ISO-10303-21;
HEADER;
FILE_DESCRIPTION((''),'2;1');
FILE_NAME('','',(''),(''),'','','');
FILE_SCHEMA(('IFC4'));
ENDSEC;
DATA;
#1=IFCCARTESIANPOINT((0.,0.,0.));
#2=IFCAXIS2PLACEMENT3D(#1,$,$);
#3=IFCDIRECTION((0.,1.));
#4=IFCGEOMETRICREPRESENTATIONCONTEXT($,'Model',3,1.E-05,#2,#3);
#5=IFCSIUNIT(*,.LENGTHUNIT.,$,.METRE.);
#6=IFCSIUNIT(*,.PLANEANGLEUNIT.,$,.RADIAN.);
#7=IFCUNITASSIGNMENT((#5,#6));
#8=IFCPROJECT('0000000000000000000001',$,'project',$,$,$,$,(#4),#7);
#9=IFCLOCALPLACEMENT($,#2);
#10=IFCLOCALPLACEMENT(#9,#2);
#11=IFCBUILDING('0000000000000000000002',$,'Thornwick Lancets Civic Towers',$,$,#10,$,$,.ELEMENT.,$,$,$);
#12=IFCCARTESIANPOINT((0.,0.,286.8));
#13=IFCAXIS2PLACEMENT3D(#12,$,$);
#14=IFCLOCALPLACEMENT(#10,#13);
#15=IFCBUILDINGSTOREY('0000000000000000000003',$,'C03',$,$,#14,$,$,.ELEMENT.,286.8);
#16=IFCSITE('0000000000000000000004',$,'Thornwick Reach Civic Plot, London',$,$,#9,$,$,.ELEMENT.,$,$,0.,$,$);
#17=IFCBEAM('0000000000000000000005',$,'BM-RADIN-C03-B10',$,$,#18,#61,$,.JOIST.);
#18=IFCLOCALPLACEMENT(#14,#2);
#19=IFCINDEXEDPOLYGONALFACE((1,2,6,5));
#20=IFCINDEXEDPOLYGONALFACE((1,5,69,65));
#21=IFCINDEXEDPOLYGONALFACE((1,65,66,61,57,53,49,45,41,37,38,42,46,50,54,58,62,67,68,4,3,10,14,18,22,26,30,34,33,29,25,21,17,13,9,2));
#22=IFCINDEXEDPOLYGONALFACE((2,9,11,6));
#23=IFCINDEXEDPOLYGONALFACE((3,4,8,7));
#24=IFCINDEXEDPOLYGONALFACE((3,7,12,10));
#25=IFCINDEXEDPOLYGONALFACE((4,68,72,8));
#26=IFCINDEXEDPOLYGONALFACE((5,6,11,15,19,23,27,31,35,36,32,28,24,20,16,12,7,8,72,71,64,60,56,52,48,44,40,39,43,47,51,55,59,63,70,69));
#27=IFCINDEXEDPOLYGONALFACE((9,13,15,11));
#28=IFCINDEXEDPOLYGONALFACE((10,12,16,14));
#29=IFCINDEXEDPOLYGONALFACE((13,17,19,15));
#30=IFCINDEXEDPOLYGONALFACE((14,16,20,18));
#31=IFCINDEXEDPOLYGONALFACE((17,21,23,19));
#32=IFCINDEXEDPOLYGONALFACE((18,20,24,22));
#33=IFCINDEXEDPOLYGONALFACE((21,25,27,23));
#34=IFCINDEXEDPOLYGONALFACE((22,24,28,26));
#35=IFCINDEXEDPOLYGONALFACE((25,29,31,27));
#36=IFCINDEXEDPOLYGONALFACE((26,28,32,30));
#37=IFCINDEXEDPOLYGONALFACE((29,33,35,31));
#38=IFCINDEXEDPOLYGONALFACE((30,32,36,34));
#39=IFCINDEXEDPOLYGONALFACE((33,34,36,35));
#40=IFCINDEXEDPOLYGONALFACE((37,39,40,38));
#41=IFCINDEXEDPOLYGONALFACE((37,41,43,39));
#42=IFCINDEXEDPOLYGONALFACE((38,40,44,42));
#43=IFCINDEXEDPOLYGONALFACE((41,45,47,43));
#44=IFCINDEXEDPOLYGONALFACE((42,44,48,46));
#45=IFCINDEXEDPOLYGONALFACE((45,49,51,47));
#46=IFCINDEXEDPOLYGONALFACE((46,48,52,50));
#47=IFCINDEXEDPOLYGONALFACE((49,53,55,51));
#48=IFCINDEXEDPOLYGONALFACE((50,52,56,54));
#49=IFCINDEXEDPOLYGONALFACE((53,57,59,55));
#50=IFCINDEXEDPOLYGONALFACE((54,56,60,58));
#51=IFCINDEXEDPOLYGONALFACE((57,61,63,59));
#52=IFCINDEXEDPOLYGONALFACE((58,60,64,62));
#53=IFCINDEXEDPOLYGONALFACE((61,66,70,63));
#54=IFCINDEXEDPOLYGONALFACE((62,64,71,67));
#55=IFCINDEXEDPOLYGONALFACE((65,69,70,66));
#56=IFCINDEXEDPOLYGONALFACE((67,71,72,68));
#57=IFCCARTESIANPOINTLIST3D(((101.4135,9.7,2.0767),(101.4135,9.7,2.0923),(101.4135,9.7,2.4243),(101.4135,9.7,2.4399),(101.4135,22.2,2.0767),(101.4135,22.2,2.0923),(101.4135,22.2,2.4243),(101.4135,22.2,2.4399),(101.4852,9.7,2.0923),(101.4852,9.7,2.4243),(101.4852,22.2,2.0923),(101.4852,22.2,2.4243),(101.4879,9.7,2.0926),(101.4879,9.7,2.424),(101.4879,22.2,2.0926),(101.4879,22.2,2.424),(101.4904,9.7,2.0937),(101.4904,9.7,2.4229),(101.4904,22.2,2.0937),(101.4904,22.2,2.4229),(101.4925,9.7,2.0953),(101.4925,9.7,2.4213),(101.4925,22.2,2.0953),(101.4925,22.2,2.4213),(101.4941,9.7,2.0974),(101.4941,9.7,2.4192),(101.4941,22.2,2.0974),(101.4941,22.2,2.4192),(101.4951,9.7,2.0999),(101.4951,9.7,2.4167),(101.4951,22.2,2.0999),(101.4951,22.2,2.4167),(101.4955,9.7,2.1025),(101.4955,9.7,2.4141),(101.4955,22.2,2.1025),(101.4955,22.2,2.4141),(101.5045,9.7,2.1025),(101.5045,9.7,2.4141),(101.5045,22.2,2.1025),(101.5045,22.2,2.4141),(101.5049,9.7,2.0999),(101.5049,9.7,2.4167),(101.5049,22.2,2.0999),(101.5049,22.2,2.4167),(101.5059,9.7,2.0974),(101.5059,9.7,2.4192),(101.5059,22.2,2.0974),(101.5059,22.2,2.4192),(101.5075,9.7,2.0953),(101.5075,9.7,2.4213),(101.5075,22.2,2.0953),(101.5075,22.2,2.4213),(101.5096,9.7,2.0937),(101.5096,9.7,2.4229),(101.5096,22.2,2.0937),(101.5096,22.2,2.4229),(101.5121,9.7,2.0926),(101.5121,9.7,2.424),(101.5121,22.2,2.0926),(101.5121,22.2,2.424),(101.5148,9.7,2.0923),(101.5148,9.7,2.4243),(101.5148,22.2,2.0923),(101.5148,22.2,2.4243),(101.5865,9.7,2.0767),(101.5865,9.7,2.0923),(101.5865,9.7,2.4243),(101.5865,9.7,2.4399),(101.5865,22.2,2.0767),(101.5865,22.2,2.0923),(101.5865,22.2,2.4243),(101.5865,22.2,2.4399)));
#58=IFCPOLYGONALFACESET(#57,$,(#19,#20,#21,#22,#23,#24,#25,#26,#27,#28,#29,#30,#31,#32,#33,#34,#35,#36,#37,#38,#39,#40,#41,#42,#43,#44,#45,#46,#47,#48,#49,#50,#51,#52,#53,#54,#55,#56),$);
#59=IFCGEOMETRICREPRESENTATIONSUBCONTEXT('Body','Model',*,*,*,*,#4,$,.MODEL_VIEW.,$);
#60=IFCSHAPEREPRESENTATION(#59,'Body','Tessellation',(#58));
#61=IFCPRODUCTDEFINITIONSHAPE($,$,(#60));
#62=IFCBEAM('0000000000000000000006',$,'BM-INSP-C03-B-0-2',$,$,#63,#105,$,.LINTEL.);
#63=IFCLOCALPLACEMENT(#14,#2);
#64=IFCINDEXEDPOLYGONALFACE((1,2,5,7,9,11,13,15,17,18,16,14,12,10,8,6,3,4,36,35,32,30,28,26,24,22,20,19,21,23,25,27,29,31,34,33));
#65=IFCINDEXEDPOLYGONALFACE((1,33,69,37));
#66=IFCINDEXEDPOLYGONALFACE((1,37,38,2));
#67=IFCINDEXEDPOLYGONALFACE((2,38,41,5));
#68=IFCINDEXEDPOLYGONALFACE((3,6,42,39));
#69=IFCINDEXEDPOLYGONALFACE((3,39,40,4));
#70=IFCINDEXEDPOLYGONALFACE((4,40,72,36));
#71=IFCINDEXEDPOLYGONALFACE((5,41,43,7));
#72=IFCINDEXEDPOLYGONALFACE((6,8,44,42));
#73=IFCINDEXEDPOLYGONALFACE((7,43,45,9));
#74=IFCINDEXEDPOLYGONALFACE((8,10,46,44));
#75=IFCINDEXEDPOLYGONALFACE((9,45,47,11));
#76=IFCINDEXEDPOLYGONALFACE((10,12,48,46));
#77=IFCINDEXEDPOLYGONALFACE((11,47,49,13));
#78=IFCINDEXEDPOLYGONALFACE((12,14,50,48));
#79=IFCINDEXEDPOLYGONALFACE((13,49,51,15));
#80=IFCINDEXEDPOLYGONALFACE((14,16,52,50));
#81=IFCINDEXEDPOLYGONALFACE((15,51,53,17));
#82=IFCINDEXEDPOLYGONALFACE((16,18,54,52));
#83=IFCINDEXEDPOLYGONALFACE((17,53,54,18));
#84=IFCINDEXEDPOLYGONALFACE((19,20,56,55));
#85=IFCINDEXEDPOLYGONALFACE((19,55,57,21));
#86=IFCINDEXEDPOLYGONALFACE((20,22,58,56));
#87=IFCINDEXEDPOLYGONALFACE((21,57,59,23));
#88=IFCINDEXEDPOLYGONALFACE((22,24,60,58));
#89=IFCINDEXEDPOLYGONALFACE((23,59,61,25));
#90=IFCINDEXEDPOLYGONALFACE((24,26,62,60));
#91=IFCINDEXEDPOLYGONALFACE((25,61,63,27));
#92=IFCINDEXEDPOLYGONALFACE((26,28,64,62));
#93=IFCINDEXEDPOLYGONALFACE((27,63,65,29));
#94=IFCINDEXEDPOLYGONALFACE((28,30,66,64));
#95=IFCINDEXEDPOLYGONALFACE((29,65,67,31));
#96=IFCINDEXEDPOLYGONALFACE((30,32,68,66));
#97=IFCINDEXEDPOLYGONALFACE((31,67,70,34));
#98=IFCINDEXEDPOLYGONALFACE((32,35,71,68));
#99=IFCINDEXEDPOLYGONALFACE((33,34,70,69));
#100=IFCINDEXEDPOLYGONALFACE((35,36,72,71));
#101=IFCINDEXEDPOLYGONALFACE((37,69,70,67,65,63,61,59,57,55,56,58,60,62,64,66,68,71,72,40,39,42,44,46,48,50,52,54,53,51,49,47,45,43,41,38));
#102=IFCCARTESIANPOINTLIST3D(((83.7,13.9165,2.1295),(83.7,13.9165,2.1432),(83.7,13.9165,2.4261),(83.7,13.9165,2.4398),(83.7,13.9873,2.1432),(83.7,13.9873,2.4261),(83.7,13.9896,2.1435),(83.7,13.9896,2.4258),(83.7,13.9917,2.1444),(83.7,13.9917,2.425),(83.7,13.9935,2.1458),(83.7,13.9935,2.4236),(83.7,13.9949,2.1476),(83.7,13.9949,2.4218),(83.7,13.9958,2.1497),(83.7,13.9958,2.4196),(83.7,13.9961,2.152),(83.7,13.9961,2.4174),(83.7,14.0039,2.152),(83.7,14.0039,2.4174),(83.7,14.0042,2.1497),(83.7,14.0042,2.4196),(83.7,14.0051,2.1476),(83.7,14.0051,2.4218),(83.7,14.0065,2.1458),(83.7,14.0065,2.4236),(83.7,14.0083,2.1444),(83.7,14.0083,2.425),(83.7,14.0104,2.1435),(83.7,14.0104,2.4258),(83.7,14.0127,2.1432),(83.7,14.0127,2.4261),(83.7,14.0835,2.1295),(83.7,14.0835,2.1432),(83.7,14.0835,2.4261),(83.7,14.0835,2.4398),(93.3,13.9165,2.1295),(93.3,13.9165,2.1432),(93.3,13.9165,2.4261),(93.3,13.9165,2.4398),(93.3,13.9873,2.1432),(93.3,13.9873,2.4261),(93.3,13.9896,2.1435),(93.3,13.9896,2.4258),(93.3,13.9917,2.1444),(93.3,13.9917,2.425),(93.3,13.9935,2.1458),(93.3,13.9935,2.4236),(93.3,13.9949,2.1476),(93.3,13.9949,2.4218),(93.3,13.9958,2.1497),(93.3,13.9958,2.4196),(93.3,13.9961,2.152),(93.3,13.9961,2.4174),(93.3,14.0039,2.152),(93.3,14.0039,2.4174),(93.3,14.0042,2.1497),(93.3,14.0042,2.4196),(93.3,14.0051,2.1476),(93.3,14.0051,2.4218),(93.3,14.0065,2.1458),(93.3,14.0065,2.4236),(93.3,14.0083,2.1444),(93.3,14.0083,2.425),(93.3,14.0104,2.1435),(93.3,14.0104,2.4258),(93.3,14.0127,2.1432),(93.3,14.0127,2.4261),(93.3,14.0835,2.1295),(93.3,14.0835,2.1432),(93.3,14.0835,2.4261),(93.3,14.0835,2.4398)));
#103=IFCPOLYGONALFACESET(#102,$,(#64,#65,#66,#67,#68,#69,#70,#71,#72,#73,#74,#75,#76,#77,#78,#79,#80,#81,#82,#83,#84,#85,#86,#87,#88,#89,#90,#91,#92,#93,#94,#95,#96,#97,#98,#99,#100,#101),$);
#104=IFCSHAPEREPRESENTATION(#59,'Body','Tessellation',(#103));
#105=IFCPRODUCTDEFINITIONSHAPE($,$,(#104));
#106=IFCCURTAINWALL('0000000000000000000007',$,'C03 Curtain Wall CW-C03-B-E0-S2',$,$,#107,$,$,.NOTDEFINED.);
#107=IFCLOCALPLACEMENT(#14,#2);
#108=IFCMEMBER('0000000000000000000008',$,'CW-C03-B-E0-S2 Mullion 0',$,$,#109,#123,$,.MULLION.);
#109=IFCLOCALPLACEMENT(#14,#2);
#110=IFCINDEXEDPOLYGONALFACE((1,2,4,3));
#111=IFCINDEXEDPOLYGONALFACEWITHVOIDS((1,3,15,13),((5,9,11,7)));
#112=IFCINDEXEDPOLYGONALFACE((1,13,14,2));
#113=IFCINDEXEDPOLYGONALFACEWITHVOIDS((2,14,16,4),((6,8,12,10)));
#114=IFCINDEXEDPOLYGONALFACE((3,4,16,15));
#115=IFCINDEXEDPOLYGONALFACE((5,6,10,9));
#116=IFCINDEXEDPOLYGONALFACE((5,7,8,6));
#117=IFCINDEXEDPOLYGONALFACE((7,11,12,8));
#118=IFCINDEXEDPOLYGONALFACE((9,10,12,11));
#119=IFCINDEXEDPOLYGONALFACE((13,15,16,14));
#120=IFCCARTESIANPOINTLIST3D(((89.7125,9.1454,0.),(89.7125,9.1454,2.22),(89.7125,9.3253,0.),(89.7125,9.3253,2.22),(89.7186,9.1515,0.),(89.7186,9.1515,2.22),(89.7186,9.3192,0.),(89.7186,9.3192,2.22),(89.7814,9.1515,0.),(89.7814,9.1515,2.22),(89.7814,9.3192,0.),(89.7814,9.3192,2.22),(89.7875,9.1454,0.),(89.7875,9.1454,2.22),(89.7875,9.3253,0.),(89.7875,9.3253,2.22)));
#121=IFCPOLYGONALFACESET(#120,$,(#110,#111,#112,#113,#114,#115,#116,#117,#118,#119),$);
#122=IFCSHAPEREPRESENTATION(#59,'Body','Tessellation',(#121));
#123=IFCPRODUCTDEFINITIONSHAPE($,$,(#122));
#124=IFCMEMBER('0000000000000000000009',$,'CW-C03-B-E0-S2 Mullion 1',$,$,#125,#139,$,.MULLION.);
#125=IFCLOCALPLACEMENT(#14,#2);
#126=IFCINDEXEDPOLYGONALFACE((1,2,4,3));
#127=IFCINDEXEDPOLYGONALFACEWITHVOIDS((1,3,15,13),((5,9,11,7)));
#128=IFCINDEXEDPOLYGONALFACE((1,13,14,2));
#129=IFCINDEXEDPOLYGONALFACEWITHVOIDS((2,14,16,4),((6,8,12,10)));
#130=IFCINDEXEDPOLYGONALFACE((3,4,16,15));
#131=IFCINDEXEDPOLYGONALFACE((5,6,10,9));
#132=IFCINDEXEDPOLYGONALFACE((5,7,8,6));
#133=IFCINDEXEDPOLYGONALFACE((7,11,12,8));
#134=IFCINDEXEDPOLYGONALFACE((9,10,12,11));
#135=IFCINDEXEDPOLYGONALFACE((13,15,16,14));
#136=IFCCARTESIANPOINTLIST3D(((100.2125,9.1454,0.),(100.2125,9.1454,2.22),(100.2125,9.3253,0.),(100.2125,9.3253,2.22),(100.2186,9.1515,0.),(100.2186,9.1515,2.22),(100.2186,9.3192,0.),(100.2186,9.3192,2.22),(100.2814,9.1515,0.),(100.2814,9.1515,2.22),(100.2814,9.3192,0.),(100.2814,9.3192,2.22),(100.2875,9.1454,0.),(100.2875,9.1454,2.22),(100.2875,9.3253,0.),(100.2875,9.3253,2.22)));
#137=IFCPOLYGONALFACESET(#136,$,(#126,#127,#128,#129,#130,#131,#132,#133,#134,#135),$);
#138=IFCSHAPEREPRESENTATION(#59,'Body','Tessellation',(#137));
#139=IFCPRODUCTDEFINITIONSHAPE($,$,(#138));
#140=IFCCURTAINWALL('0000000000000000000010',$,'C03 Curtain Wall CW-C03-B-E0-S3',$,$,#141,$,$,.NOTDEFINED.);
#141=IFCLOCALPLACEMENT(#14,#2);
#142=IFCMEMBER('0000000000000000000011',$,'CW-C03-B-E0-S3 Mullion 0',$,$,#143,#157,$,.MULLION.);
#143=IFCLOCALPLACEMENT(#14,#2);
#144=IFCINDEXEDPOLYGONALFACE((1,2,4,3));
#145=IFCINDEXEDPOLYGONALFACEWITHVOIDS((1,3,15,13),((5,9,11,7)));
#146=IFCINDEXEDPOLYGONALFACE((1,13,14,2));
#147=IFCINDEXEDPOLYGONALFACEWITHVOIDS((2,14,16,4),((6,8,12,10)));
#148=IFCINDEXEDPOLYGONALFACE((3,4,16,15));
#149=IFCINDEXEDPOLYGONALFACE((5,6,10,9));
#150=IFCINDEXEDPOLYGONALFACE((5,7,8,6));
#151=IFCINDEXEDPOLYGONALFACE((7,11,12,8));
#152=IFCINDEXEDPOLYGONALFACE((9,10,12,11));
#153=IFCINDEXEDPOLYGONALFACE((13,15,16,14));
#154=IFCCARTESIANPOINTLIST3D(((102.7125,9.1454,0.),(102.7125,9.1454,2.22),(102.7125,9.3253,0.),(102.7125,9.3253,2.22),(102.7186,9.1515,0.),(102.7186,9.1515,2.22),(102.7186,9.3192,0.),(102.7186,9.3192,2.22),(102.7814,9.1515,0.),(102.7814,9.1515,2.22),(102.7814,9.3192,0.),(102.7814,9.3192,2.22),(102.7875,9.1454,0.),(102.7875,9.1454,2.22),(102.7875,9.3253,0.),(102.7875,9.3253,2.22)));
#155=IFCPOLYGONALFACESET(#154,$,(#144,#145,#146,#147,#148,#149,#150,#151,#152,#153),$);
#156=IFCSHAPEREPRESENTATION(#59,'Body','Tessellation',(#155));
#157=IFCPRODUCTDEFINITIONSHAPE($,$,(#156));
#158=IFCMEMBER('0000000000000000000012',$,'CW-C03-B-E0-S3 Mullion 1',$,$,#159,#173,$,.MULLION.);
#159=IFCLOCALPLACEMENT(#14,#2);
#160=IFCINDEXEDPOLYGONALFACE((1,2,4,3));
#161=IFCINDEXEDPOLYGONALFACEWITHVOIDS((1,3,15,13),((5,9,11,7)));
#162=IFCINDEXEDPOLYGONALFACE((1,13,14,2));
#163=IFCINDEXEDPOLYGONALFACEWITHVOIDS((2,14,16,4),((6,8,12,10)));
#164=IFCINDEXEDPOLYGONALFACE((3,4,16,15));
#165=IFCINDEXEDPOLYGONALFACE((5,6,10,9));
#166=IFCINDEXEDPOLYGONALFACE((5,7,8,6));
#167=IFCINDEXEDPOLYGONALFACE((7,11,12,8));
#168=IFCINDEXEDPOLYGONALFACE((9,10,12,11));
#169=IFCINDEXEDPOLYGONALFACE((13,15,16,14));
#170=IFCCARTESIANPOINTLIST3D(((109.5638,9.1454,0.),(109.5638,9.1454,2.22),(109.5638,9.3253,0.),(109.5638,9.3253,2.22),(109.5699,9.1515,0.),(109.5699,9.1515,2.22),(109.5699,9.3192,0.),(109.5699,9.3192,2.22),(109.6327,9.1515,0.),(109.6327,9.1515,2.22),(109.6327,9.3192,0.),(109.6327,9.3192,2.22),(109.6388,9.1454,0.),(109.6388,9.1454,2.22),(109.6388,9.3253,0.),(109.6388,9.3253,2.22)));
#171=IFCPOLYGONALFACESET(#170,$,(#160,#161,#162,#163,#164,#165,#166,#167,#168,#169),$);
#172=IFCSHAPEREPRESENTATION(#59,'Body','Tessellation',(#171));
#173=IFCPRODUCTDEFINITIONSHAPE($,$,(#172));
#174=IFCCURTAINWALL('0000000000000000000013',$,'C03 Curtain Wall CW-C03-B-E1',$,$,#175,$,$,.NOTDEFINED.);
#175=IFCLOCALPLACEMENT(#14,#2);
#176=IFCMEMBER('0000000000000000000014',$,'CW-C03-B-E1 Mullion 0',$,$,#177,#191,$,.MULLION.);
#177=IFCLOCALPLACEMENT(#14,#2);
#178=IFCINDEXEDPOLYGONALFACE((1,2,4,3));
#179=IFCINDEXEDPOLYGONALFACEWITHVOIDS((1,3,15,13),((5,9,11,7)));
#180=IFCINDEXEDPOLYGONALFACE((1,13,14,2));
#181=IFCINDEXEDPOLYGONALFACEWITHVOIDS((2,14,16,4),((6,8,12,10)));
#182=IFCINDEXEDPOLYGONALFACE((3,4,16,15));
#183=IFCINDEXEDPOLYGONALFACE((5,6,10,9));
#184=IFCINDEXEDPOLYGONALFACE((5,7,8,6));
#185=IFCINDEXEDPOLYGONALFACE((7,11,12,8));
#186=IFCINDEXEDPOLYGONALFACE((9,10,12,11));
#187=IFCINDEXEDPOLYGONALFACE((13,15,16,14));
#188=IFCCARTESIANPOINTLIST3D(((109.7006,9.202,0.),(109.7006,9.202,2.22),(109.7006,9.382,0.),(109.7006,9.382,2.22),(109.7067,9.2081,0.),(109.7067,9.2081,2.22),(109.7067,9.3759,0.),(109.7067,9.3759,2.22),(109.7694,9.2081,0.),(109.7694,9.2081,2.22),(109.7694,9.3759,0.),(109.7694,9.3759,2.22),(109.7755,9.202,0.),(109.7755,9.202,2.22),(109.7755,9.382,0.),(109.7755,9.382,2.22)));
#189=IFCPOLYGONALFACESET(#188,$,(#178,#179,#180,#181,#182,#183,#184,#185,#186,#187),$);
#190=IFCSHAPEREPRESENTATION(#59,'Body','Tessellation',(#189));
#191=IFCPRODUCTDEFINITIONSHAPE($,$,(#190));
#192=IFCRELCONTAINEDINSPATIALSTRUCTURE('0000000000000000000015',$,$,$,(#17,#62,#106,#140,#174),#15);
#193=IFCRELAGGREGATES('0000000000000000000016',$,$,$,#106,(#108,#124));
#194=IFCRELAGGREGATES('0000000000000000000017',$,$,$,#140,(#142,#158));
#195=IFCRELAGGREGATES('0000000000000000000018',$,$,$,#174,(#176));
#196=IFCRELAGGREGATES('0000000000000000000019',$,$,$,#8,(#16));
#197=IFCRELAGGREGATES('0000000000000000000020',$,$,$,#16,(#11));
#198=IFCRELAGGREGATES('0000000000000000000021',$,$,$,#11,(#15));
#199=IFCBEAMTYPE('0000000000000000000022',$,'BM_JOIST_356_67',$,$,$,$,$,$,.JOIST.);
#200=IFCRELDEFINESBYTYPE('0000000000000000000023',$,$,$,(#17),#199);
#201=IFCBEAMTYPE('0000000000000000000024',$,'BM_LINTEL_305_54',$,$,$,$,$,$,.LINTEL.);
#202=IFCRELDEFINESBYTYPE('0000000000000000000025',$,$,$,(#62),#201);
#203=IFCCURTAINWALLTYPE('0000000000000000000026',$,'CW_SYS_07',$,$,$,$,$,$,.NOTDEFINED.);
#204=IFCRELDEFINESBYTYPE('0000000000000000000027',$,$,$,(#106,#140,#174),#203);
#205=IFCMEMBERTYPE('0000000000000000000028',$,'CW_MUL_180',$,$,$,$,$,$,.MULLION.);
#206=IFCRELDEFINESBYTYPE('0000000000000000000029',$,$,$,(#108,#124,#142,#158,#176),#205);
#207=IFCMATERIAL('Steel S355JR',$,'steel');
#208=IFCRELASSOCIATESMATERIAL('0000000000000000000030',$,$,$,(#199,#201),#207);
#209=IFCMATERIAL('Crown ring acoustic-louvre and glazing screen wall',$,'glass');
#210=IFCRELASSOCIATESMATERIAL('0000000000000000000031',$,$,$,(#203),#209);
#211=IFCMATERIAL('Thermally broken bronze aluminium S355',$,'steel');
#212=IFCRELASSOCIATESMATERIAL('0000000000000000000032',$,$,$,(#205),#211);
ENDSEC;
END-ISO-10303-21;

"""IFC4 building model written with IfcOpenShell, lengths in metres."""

from ifc_helpers import new_model, si_unit, direction, frame, origin, origin_2d, place, context, subcontext, project, spatial, hollow_rectangle, i_section, extrude, material, material_profile, profile_set, type_object, element, aggregate, save


model = new_model("IFC4")

# Units and contexts
model_context = context("Model", 3, precision=1e-05, world=origin(), true_north=direction((0.0, 1.0)))
body_context = subcontext(model_context, "Body", "Model", "MODEL_VIEW")
ifc_project = project(units=[si_unit("LENGTHUNIT", "METRE"), si_unit("PLANEANGLEUNIT", "RADIAN")], contexts=[model_context])

# Site, building, storey
site_placement = place(None, origin())
site = spatial("IfcSite", under=ifc_project, at=site_placement, Name="Thornwick Reach Civic Plot, London", CompositionType="ELEMENT", RefElevation=0.0)
building_placement = place(site_placement, origin())
building = spatial("IfcBuilding", under=site, at=building_placement, Name="Thornwick Lancets Civic Towers", CompositionType="ELEMENT")
storey_placement = place(building_placement, frame((0.0, 0.0, 286.8)))
storey = spatial("IfcBuildingStorey", under=building, at=storey_placement, Name="C03", CompositionType="ELEMENT", Elevation=286.8)

# Shared definitions
ifc_material_1 = material(Name="Steel S355JR", Category="steel")

# Beams
ifc_material_profile_1 = material_profile(ifc_material_1, i_section(OverallWidth=0.1731, OverallDepth=0.3633, WebThickness=0.009, FlangeThickness=0.0156, FilletRadius=0.0103, at=origin_2d()), Name="UKB 356x171x67")
ifc_profile_set_1 = profile_set([ifc_material_profile_1], Name="Steel S355JR")
beam_type_1 = type_object("IfcBeamType", Name="BM_JOIST_356_67", PredefinedType="JOIST", material=ifc_profile_set_1)
beam_1_placement = place(storey_placement, frame((101.5, 22.2, 2.2583), z_axis=(0.0, -1.0, 0.0), x_axis=(1.0, 0.0, 0.0)))
element("IfcBeam", 1, at=beam_1_placement, inside=storey, type_object=beam_type_1, Name="BM-RADIN-C03-B10", PredefinedType="JOIST", context=body_context, shape_type="SweptSolid", body=[
    extrude(i_section(OverallWidth=0.1731, OverallDepth=0.3633, WebThickness=0.009, FlangeThickness=0.0156, FilletRadius=0.0103, at=origin_2d()), origin(), (0.0, 0.0, 1.0), 12.5),
])
ifc_material_profile_2 = material_profile(ifc_material_1, i_section(OverallWidth=0.167, OverallDepth=0.3103, WebThickness=0.0078, FlangeThickness=0.0137, FilletRadius=0.0088, at=origin_2d()), Name="UKB 305x165x54")
ifc_profile_set_2 = profile_set([ifc_material_profile_2], Name="Steel S355JR")
beam_type_2 = type_object("IfcBeamType", Name="BM_LINTEL_305_54", PredefinedType="LINTEL", material=ifc_profile_set_2)
beam_2_placement = place(storey_placement, frame((93.3, 14.0, 2.2847), z_axis=(-1.0, 0.0, 0.0), x_axis=(0.0, -1.0, 0.0)))
element("IfcBeam", 2, at=beam_2_placement, inside=storey, type_object=beam_type_2, Name="BM-INSP-C03-B-0-2", PredefinedType="LINTEL", context=body_context, shape_type="SweptSolid", body=[
    extrude(i_section(OverallWidth=0.167, OverallDepth=0.3103, WebThickness=0.0078, FlangeThickness=0.0137, FilletRadius=0.0088, at=origin_2d()), origin(), (0.0, 0.0, 1.0), 9.6001),
])

# Curtain walls, members
ifc_material_2 = material(Name="Crown ring acoustic-louvre and glazing screen wall", Category="glass")
curtain_wall_type = type_object("IfcCurtainWallType", Name="CW_SYS_07", PredefinedType="NOTDEFINED", material=ifc_material_2)
curtain_wall_1_placement = place(storey_placement, origin())
curtain_wall_1 = element("IfcCurtainWall", 3, at=curtain_wall_1_placement, inside=storey, type_object=curtain_wall_type, Name="C03 Curtain Wall CW-C03-B-E0-S2", PredefinedType="NOTDEFINED")
ifc_material_3 = material(Name="Thermally broken bronze aluminium S355", Category="steel")
ifc_material_profile_3 = material_profile(ifc_material_3, hollow_rectangle(XDim=0.075, YDim=0.1799, WallThickness=0.0061, at=origin_2d()), Name="RHS 180x75x6")
ifc_profile_set_3 = profile_set([ifc_material_profile_3], Name="Thermally broken bronze aluminium S355")
member_type_1 = type_object("IfcMemberType", Name="CW_MUL_180", PredefinedType="MULLION", material=ifc_profile_set_3)
member_1_placement = place(storey_placement, frame((89.75, 9.2354, 0.0), z_axis=(0.0, 0.0, 1.0), x_axis=(1.0, 0.0, 0.0)))
member_1 = element("IfcMember", 4, at=member_1_placement, type_object=member_type_1, Name="CW-C03-B-E0-S2 Mullion 0", PredefinedType="MULLION", context=body_context, shape_type="SweptSolid", body=[
    extrude(hollow_rectangle(XDim=0.075, YDim=0.1799, WallThickness=0.0061, at=origin_2d()), origin(), (0.0, 0.0, 1.0), 2.22),
])
member_2_placement = place(storey_placement, frame((100.25, 9.2354, 0.0), z_axis=(0.0, 0.0, 1.0), x_axis=(1.0, 0.0, 0.0)))
member_2 = element("IfcMember", 5, at=member_2_placement, type_object=member_type_1, Name="CW-C03-B-E0-S2 Mullion 1", PredefinedType="MULLION", context=body_context, shape_type="SweptSolid", body=[
    extrude(hollow_rectangle(XDim=0.075, YDim=0.1799, WallThickness=0.0061, at=origin_2d()), origin(), (0.0, 0.0, 1.0), 2.22),
])
curtain_wall_2_placement = place(storey_placement, origin())
curtain_wall_2 = element("IfcCurtainWall", 6, at=curtain_wall_2_placement, inside=storey, type_object=curtain_wall_type, Name="C03 Curtain Wall CW-C03-B-E0-S3", PredefinedType="NOTDEFINED")
member_3_placement = place(storey_placement, frame((102.75, 9.2354, 0.0), z_axis=(0.0, 0.0, 1.0), x_axis=(1.0, 0.0, 0.0)))
member_3 = element("IfcMember", 7, at=member_3_placement, type_object=member_type_1, Name="CW-C03-B-E0-S3 Mullion 0", PredefinedType="MULLION", context=body_context, shape_type="SweptSolid", body=[
    extrude(hollow_rectangle(XDim=0.075, YDim=0.1799, WallThickness=0.0061, at=origin_2d()), origin(), (0.0, 0.0, 1.0), 2.22),
])
member_4_placement = place(storey_placement, frame((109.6013, 9.2354, 0.0), z_axis=(0.0, 0.0, 1.0), x_axis=(1.0, 0.0, 0.0)))
member_4 = element("IfcMember", 8, at=member_4_placement, type_object=member_type_1, Name="CW-C03-B-E0-S3 Mullion 1", PredefinedType="MULLION", context=body_context, shape_type="SweptSolid", body=[
    extrude(hollow_rectangle(XDim=0.075, YDim=0.1799, WallThickness=0.0061, at=origin_2d()), origin(), (0.0, 0.0, 1.0), 2.22),
])
curtain_wall_3_placement = place(storey_placement, origin())
curtain_wall_3 = element("IfcCurtainWall", 9, at=curtain_wall_3_placement, inside=storey, type_object=curtain_wall_type, Name="C03 Curtain Wall CW-C03-B-E1", PredefinedType="NOTDEFINED")
member_5_placement = place(storey_placement, frame((109.738, 9.292, 0.0), z_axis=(0.0, 0.0, 1.0), x_axis=(1.0, 0.0, 0.0)))
member_5 = element("IfcMember", 10, at=member_5_placement, type_object=member_type_1, Name="CW-C03-B-E1 Mullion 0", PredefinedType="MULLION", context=body_context, shape_type="SweptSolid", body=[
    extrude(hollow_rectangle(XDim=0.075, YDim=0.1799, WallThickness=0.0061, at=origin_2d()), origin(), (0.0, 0.0, 1.0), 2.22),
])

aggregate(curtain_wall_1, [member_1, member_2])
aggregate(curtain_wall_2, [member_3, member_4])
aggregate(curtain_wall_3, [member_5])

save(model, "model.ifc")
